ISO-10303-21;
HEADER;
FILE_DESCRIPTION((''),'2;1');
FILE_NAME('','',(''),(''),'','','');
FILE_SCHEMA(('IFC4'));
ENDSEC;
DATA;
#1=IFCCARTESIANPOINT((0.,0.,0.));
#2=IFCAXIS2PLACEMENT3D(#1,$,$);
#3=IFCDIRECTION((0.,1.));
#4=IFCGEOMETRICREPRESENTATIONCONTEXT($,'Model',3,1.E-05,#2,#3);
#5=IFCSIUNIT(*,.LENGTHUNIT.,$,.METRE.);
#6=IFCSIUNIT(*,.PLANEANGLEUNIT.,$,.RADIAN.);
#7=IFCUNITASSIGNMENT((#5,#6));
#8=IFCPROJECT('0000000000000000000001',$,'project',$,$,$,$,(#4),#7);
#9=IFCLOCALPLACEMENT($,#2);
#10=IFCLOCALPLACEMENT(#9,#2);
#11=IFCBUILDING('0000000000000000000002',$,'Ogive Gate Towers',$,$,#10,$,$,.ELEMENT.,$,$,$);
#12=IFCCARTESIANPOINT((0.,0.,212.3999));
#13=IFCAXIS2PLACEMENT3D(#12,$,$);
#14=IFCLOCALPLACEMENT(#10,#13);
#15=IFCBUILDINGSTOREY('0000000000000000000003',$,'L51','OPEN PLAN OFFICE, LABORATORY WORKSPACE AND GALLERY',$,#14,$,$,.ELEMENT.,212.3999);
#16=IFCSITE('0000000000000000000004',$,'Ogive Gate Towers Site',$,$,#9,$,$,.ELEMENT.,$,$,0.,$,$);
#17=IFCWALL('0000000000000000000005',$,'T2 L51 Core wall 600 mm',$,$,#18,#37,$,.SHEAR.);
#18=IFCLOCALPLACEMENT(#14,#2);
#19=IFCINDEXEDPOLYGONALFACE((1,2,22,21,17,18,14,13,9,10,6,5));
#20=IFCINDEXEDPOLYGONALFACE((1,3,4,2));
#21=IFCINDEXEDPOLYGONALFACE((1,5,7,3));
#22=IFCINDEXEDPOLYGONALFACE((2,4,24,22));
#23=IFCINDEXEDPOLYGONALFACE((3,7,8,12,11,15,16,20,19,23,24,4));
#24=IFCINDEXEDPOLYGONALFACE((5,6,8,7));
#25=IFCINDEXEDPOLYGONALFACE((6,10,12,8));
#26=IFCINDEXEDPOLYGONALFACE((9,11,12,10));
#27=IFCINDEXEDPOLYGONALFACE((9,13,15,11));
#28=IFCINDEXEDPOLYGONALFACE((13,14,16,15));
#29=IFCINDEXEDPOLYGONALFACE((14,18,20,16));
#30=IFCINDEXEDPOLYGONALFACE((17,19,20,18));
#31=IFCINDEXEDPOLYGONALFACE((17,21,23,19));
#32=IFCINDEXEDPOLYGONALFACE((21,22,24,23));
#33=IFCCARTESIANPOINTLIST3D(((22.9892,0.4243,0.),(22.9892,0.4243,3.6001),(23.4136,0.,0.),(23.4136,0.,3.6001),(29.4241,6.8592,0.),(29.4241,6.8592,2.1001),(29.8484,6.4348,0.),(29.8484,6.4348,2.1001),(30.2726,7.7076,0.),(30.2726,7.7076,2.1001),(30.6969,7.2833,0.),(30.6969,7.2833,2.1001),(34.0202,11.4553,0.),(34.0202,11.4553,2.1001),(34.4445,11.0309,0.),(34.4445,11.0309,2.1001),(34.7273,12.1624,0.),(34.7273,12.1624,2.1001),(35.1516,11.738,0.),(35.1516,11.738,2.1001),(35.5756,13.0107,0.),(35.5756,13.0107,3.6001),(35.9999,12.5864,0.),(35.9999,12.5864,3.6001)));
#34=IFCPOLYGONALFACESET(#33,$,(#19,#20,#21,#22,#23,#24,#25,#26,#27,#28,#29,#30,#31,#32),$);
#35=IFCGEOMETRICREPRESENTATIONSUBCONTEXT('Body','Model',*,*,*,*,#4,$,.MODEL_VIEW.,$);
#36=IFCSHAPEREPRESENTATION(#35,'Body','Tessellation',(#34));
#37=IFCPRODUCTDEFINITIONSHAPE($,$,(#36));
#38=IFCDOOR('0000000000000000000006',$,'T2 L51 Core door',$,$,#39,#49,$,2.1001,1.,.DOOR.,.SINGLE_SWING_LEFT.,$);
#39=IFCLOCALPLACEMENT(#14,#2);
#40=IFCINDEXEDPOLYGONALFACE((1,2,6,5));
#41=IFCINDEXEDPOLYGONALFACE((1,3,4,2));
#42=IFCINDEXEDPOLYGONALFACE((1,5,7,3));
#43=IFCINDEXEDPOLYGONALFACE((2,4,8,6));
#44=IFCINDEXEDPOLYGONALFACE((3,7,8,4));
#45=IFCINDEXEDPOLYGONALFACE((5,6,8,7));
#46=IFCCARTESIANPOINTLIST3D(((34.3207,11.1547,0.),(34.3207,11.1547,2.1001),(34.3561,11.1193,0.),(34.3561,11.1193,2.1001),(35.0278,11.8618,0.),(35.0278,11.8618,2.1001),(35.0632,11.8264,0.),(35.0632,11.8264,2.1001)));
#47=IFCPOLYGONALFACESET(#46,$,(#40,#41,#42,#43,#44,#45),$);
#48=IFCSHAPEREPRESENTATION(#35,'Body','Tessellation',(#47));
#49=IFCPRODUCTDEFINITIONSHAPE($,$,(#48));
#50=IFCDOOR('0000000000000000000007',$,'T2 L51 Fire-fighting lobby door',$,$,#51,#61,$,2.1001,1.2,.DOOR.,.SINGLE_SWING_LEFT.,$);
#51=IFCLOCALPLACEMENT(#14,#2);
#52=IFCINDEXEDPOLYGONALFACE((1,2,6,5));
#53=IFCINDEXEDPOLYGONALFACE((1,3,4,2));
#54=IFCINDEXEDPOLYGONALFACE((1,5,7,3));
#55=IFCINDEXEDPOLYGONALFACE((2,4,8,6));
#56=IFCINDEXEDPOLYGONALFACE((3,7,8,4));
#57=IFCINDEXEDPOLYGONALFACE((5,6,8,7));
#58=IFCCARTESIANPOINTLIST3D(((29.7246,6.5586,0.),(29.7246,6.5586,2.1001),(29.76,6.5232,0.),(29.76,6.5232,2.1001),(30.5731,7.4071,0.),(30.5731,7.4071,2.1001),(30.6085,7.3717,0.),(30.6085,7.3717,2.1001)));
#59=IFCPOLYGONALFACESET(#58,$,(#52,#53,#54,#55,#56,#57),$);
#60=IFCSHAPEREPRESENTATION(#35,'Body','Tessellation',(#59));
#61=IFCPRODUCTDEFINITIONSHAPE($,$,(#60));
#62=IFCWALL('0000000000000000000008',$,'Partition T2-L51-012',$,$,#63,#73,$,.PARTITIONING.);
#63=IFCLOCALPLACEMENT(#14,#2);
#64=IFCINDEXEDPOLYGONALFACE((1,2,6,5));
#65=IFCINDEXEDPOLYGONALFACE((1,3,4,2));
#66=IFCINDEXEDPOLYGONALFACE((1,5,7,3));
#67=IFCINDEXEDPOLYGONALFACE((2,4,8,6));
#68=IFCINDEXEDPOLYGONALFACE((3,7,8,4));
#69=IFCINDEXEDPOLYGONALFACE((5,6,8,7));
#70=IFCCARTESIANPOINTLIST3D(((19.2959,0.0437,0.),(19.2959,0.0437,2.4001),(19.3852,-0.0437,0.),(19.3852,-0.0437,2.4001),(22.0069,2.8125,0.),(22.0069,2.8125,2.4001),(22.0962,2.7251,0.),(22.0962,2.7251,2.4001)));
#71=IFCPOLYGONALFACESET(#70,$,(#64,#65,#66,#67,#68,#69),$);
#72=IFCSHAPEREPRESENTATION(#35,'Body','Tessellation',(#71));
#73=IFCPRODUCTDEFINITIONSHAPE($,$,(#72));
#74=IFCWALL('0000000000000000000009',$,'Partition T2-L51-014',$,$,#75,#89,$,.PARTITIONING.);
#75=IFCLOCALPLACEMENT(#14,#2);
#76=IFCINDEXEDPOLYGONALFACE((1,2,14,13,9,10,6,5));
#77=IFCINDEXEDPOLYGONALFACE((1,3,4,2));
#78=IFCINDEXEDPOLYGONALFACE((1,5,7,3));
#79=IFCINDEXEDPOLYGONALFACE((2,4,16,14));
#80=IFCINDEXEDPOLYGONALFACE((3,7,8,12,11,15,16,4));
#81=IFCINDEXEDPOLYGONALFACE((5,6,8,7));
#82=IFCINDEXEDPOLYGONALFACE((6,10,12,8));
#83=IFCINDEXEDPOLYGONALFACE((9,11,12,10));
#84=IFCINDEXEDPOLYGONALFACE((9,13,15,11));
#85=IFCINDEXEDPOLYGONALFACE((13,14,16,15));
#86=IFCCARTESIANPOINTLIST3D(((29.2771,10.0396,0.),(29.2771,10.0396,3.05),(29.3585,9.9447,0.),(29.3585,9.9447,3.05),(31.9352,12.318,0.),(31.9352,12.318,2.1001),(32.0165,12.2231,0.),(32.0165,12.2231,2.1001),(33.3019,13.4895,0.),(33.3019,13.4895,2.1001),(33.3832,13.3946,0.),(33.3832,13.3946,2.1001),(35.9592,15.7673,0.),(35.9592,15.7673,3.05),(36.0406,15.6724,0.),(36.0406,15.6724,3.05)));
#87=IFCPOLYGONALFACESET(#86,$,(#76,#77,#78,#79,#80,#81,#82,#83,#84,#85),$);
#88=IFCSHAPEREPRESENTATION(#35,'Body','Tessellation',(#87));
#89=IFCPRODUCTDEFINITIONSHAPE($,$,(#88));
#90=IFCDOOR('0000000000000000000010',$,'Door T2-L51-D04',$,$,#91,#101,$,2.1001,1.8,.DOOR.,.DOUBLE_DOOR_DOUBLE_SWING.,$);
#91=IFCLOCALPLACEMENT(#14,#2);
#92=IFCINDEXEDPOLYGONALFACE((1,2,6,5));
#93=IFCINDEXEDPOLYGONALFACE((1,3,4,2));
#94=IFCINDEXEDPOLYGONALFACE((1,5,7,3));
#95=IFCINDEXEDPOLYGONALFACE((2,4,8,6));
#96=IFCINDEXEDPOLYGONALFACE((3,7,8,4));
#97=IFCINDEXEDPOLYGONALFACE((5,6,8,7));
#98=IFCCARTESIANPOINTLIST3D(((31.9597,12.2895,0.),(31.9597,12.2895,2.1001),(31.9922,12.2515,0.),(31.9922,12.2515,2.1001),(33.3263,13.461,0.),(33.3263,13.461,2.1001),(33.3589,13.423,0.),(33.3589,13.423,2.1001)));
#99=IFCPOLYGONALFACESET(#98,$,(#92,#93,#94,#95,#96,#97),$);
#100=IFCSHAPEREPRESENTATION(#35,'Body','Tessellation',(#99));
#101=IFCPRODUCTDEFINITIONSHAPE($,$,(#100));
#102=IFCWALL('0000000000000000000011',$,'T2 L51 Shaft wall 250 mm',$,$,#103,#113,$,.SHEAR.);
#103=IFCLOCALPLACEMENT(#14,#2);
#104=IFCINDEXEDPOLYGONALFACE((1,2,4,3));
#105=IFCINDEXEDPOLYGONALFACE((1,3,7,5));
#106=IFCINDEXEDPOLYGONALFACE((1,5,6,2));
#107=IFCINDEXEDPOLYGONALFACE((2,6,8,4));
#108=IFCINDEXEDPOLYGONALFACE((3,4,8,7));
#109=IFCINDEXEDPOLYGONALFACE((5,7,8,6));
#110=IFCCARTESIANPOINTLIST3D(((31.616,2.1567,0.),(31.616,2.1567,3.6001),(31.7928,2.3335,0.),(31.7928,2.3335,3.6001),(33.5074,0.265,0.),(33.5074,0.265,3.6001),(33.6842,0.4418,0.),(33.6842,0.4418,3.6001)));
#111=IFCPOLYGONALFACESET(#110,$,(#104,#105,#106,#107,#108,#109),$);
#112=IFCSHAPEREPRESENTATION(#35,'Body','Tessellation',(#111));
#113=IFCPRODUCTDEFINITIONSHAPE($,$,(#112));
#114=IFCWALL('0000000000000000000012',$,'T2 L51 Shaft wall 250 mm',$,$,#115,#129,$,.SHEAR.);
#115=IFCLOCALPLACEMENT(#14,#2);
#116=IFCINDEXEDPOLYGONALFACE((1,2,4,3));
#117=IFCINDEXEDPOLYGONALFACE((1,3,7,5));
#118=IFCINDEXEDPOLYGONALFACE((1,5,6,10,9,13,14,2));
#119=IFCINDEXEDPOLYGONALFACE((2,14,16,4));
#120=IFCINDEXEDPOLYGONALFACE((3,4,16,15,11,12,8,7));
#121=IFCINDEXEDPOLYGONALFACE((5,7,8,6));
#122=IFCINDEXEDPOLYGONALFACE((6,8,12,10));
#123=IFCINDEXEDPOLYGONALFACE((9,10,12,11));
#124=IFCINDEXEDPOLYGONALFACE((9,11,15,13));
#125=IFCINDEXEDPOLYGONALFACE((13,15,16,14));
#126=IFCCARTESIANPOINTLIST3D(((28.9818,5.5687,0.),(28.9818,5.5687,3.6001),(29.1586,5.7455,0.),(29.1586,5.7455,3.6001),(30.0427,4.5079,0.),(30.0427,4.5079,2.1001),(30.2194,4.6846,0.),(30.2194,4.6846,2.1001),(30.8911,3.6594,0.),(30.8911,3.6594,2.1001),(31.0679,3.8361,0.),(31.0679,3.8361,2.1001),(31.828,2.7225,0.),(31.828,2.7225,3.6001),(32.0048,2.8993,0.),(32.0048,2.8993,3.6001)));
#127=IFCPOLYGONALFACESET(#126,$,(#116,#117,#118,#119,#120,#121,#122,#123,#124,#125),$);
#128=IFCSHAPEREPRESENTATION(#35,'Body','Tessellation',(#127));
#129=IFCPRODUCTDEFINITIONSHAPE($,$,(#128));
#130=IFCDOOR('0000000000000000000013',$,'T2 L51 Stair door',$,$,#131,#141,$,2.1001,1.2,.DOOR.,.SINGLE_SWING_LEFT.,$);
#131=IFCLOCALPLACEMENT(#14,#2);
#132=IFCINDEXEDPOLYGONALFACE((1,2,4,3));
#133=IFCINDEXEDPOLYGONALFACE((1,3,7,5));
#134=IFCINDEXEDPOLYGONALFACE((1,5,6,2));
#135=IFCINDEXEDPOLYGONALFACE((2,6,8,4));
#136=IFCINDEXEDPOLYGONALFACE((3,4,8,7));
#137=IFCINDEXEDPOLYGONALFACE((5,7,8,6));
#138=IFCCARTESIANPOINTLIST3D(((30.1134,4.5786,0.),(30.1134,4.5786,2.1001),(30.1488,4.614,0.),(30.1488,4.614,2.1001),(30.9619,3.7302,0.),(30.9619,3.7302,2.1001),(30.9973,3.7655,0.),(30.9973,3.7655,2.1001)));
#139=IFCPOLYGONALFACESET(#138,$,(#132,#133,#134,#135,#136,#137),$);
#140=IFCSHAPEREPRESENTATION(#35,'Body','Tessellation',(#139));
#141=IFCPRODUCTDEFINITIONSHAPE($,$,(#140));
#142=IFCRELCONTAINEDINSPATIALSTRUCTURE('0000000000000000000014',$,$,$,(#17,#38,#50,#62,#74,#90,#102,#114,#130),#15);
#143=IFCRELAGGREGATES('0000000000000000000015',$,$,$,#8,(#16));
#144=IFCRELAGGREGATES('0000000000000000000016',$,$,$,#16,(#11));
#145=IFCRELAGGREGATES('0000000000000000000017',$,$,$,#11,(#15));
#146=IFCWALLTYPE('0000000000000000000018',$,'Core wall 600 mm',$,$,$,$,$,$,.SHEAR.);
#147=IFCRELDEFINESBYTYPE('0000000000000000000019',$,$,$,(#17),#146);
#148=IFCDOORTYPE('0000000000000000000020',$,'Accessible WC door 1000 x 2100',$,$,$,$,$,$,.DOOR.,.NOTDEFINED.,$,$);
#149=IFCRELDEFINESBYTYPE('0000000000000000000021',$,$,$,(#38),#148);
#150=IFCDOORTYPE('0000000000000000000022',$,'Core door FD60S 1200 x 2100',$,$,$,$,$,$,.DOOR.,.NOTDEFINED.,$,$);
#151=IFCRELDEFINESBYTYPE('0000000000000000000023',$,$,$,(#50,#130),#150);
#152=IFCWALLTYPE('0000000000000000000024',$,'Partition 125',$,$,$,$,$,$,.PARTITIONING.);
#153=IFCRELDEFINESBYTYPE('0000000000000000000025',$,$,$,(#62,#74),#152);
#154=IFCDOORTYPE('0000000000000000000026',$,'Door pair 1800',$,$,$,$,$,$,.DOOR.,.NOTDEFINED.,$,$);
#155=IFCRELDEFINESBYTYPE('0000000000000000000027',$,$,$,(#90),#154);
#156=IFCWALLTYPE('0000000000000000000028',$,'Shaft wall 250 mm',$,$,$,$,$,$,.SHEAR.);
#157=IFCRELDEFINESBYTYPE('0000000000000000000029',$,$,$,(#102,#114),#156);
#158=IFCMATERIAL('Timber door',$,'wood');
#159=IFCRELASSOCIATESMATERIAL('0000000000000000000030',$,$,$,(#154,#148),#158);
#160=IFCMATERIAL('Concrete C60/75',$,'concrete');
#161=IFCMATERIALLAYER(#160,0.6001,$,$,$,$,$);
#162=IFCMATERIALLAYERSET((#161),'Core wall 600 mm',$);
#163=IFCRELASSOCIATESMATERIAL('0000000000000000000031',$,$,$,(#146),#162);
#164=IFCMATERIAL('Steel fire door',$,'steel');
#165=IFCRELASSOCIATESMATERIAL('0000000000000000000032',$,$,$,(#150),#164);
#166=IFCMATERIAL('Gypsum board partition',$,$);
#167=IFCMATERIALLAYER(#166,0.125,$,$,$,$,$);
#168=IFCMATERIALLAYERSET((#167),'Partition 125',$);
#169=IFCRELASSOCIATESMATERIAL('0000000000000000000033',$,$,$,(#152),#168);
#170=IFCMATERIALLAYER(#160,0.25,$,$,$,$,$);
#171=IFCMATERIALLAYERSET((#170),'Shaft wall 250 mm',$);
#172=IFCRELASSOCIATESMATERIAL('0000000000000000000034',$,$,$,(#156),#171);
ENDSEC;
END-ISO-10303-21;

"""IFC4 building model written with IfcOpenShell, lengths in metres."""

from ifc_helpers import new_model, si_unit, direction, frame, frame_2d, origin, place, context, subcontext, project, spatial, rectangle, extrude, material, layer, layer_set, type_object, element, fill, save


model = new_model("IFC4")

# Units and contexts
model_context = context("Model", 3, precision=1e-05, world=origin(), true_north=direction((0.0, 1.0)))
body_context = subcontext(model_context, "Body", "Model", "MODEL_VIEW")
ifc_project = project(units=[si_unit("LENGTHUNIT", "METRE"), si_unit("PLANEANGLEUNIT", "RADIAN")], contexts=[model_context])

# Site, building, storey
site_placement = place(None, origin())
site = spatial("IfcSite", under=ifc_project, at=site_placement, Name="Ogive Gate Towers Site", CompositionType="ELEMENT", RefElevation=0.0)
building_placement = place(site_placement, origin())
building = spatial("IfcBuilding", under=site, at=building_placement, Name="Ogive Gate Towers", CompositionType="ELEMENT")
storey_placement = place(building_placement, frame((0.0, 0.0, 212.3999)))
storey = spatial("IfcBuildingStorey", under=building, at=storey_placement, Name="L51", Description="OPEN PLAN OFFICE, LABORATORY WORKSPACE AND GALLERY", CompositionType="ELEMENT", Elevation=212.3999)

# Shared definitions
ifc_material_1 = material(Name="Timber door", Category="wood")
door_type_1 = type_object("IfcDoorType", Name="Door pair 1800", OperationType="NOTDEFINED", PredefinedType="DOOR", material=ifc_material_1)

# Wall, openings, doors
ifc_material_2 = material(Name="Concrete C60/75", Category="concrete")
ifc_layer_1 = layer(ifc_material_2, 0.6001)
ifc_layer_set_1 = layer_set([ifc_layer_1], Name="Core wall 600 mm")
wall_type_1 = type_object("IfcWallType", Name="Core wall 600 mm", PredefinedType="SHEAR", material=ifc_layer_set_1)
wall_1_placement = place(storey_placement, frame((23.2014, 0.2122, 0.0), z_axis=(0.0, 0.0, 1.0), x_axis=(0.707107, 0.707107, 0.0)))
wall_1 = element("IfcWall", 1, at=wall_1_placement, inside=storey, type_object=wall_type_1, Name="T2 L51 Core wall 600 mm", PredefinedType="SHEAR", context=body_context, shape_type="SweptSolid", body=[
    extrude(rectangle(XDim=17.7998, YDim=0.6001, at=frame_2d((8.8999, 0.0))), origin(), (0.0, 0.0, 1.0), 3.6001),
])
opening_1_placement = place(wall_1_placement, frame((9.1001, 0.0, 0.0)))
opening_1 = element("IfcOpeningElement", 2, at=opening_1_placement, cuts=wall_1, PredefinedType="OPENING", context=body_context, shape_type="SweptSolid", body=[
    extrude(rectangle(XDim=1.2, YDim=2.1001, at=frame_2d((0.6001, 1.05))), frame((0.0, 0.3101, 0.0), z_axis=(0.0, -1.0, 0.0), x_axis=(1.0, 0.0, 0.0)), (0.0, 0.0, 1.0), 0.6201),
])
opening_2_placement = place(wall_1_placement, frame((15.6001, 0.0, 0.0)))
opening_2 = element("IfcOpeningElement", 3, at=opening_2_placement, cuts=wall_1, PredefinedType="OPENING", context=body_context, shape_type="SweptSolid", body=[
    extrude(rectangle(XDim=1.0, YDim=2.1001, at=frame_2d((0.5, 1.05))), frame((0.0, 0.3101, 0.0), z_axis=(0.0, -1.0, 0.0), x_axis=(1.0, 0.0, 0.0)), (0.0, 0.0, 1.0), 0.6201),
])
door_type_2 = type_object("IfcDoorType", Name="Accessible WC door 1000 x 2100", OperationType="NOTDEFINED", PredefinedType="DOOR", material=ifc_material_1)
door_1_placement = place(opening_2_placement, origin())
door_1 = element("IfcDoor", 4, at=door_1_placement, inside=storey, type_object=door_type_2, Name="T2 L51 Core door", OperationType="SINGLE_SWING_LEFT", OverallHeight=2.1001, OverallWidth=1.0, PredefinedType="DOOR", context=body_context, shape_type="SweptSolid", body=[
    extrude(rectangle(XDim=1.0, YDim=2.1001, at=frame_2d((0.5, 1.05))), frame((0.0, -0.125, 0.0), z_axis=(0.0, -1.0, 0.0), x_axis=(1.0, 0.0, 0.0)), (0.0, 0.0, 1.0), 0.05),
])
fill(opening_2, door_1)
ifc_material_3 = material(Name="Steel fire door", Category="steel")
door_type_3 = type_object("IfcDoorType", Name="Core door FD60S 1200 x 2100", OperationType="NOTDEFINED", PredefinedType="DOOR", material=ifc_material_3)
door_2_placement = place(opening_1_placement, origin())
door_2 = element("IfcDoor", 5, at=door_2_placement, inside=storey, type_object=door_type_3, Name="T2 L51 Fire-fighting lobby door", OperationType="SINGLE_SWING_LEFT", OverallHeight=2.1001, OverallWidth=1.2, PredefinedType="DOOR", context=body_context, shape_type="SweptSolid", body=[
    extrude(rectangle(XDim=1.2, YDim=2.1001, at=frame_2d((0.6001, 1.05))), frame((0.0, -0.125, 0.0), z_axis=(0.0, -1.0, 0.0), x_axis=(1.0, 0.0, 0.0)), (0.0, 0.0, 1.0), 0.05),
])
fill(opening_1, door_2)

# Wall
ifc_material_4 = material(Name="Gypsum board partition")
ifc_layer_2 = layer(ifc_material_4, 0.125)
ifc_layer_set_2 = layer_set([ifc_layer_2], Name="Partition 125")
wall_type_2 = type_object("IfcWallType", Name="Partition 125", PredefinedType="PARTITIONING", material=ifc_layer_set_2)
wall_2_placement = place(storey_placement, frame((19.3406, 0.0, 0.0), z_axis=(0.0, 0.0, 1.0), x_axis=(0.699601, 0.714533, 0.0)))
element("IfcWall", 6, at=wall_2_placement, inside=storey, type_object=wall_type_2, Name="Partition T2-L51-012", PredefinedType="PARTITIONING", context=body_context, shape_type="SweptSolid", body=[
    extrude(rectangle(XDim=3.875, YDim=0.125, at=frame_2d((1.9375, 0.0))), origin(), (0.0, 0.0, 1.0), 2.4001),
])

# Wall, opening, door
wall_3_placement = place(storey_placement, frame((29.3179, 9.9922, 0.0), z_axis=(0.0, 0.0, 1.0), x_axis=(0.759243, 0.650807, 0.0)))
wall_3 = element("IfcWall", 7, at=wall_3_placement, inside=storey, type_object=wall_type_2, Name="Partition T2-L51-014", PredefinedType="PARTITIONING", context=body_context, shape_type="SweptSolid", body=[
    extrude(rectangle(XDim=8.801, YDim=0.125, at=frame_2d((4.4004, 0.0))), origin(), (0.0, 0.0, 1.0), 3.05),
])
opening_3_placement = place(wall_3_placement, frame((3.501, 0.0, 0.0)))
opening_3 = element("IfcOpeningElement", 8, at=opening_3_placement, cuts=wall_3, PredefinedType="OPENING", context=body_context, shape_type="SweptSolid", body=[
    extrude(rectangle(XDim=1.8, YDim=2.1001, at=frame_2d((0.8999, 1.05))), frame((0.0, 0.0725, 0.0), z_axis=(0.0, -1.0, 0.0), x_axis=(1.0, 0.0, 0.0)), (0.0, 0.0, 1.0), 0.145),
])
door_3_placement = place(opening_3_placement, origin())
door_3 = element("IfcDoor", 9, at=door_3_placement, inside=storey, type_object=door_type_1, Name="Door T2-L51-D04", OperationType="DOUBLE_DOOR_DOUBLE_SWING", OverallHeight=2.1001, OverallWidth=1.8, PredefinedType="DOOR", context=body_context, shape_type="SweptSolid", body=[
    extrude(rectangle(XDim=1.8, YDim=2.1001, at=frame_2d((0.8999, 1.05))), frame((0.0, 0.0249, 0.0), z_axis=(0.0, -1.0, 0.0), x_axis=(1.0, 0.0, 0.0)), (0.0, 0.0, 1.0), 0.05),
])
fill(opening_3, door_3)

# Wall
ifc_layer_3 = layer(ifc_material_2, 0.25)
ifc_layer_set_3 = layer_set([ifc_layer_3], Name="Shaft wall 250 mm")
wall_type_3 = type_object("IfcWallType", Name="Shaft wall 250 mm", PredefinedType="SHEAR", material=ifc_layer_set_3)
wall_4_placement = place(storey_placement, frame((33.5957, 0.3535, 0.0), z_axis=(0.0, 0.0, 1.0), x_axis=(-0.707061, 0.707152, 0.0)))
element("IfcWall", 10, at=wall_4_placement, inside=storey, type_object=wall_type_3, Name="T2 L51 Shaft wall 250 mm", PredefinedType="SHEAR", context=body_context, shape_type="SweptSolid", body=[
    extrude(rectangle(XDim=2.675, YDim=0.25, at=frame_2d((1.3374, 0.0))), origin(), (0.0, 0.0, 1.0), 3.6001),
])

# Wall, opening, door
wall_5_placement = place(storey_placement, frame((31.9165, 2.8108, 0.0), z_axis=(0.0, 0.0, 1.0), x_axis=(-0.707107, 0.707107, 0.0)))
wall_5 = element("IfcWall", 11, at=wall_5_placement, inside=storey, type_object=wall_type_3, Name="T2 L51 Shaft wall 250 mm", PredefinedType="SHEAR", context=body_context, shape_type="SweptSolid", body=[
    extrude(rectangle(XDim=4.0251, YDim=0.25, at=frame_2d((2.0127, 0.0))), origin(), (0.0, 0.0, 1.0), 3.6001),
])
opening_4_placement = place(wall_5_placement, frame((1.325, 0.0, 0.0)))
opening_4 = element("IfcOpeningElement", 12, at=opening_4_placement, cuts=wall_5, PredefinedType="OPENING", context=body_context, shape_type="SweptSolid", body=[
    extrude(rectangle(XDim=1.2, YDim=2.1001, at=frame_2d((0.6001, 1.05))), frame((0.0, 0.135, 0.0), z_axis=(0.0, -1.0, 0.0), x_axis=(1.0, 0.0, 0.0)), (0.0, 0.0, 1.0), 0.27),
])
door_4_placement = place(opening_4_placement, origin())
door_4 = element("IfcDoor", 13, at=door_4_placement, inside=storey, type_object=door_type_3, Name="T2 L51 Stair door", OperationType="SINGLE_SWING_LEFT", OverallHeight=2.1001, OverallWidth=1.2, PredefinedType="DOOR", context=body_context, shape_type="SweptSolid", body=[
    extrude(rectangle(XDim=1.2, YDim=2.1001, at=frame_2d((0.6001, 1.05))), frame((0.0, 0.0249, 0.0), z_axis=(0.0, -1.0, 0.0), x_axis=(1.0, 0.0, 0.0)), (0.0, 0.0, 1.0), 0.05),
])
fill(opening_4, door_4)

save(model, "model.ifc")
